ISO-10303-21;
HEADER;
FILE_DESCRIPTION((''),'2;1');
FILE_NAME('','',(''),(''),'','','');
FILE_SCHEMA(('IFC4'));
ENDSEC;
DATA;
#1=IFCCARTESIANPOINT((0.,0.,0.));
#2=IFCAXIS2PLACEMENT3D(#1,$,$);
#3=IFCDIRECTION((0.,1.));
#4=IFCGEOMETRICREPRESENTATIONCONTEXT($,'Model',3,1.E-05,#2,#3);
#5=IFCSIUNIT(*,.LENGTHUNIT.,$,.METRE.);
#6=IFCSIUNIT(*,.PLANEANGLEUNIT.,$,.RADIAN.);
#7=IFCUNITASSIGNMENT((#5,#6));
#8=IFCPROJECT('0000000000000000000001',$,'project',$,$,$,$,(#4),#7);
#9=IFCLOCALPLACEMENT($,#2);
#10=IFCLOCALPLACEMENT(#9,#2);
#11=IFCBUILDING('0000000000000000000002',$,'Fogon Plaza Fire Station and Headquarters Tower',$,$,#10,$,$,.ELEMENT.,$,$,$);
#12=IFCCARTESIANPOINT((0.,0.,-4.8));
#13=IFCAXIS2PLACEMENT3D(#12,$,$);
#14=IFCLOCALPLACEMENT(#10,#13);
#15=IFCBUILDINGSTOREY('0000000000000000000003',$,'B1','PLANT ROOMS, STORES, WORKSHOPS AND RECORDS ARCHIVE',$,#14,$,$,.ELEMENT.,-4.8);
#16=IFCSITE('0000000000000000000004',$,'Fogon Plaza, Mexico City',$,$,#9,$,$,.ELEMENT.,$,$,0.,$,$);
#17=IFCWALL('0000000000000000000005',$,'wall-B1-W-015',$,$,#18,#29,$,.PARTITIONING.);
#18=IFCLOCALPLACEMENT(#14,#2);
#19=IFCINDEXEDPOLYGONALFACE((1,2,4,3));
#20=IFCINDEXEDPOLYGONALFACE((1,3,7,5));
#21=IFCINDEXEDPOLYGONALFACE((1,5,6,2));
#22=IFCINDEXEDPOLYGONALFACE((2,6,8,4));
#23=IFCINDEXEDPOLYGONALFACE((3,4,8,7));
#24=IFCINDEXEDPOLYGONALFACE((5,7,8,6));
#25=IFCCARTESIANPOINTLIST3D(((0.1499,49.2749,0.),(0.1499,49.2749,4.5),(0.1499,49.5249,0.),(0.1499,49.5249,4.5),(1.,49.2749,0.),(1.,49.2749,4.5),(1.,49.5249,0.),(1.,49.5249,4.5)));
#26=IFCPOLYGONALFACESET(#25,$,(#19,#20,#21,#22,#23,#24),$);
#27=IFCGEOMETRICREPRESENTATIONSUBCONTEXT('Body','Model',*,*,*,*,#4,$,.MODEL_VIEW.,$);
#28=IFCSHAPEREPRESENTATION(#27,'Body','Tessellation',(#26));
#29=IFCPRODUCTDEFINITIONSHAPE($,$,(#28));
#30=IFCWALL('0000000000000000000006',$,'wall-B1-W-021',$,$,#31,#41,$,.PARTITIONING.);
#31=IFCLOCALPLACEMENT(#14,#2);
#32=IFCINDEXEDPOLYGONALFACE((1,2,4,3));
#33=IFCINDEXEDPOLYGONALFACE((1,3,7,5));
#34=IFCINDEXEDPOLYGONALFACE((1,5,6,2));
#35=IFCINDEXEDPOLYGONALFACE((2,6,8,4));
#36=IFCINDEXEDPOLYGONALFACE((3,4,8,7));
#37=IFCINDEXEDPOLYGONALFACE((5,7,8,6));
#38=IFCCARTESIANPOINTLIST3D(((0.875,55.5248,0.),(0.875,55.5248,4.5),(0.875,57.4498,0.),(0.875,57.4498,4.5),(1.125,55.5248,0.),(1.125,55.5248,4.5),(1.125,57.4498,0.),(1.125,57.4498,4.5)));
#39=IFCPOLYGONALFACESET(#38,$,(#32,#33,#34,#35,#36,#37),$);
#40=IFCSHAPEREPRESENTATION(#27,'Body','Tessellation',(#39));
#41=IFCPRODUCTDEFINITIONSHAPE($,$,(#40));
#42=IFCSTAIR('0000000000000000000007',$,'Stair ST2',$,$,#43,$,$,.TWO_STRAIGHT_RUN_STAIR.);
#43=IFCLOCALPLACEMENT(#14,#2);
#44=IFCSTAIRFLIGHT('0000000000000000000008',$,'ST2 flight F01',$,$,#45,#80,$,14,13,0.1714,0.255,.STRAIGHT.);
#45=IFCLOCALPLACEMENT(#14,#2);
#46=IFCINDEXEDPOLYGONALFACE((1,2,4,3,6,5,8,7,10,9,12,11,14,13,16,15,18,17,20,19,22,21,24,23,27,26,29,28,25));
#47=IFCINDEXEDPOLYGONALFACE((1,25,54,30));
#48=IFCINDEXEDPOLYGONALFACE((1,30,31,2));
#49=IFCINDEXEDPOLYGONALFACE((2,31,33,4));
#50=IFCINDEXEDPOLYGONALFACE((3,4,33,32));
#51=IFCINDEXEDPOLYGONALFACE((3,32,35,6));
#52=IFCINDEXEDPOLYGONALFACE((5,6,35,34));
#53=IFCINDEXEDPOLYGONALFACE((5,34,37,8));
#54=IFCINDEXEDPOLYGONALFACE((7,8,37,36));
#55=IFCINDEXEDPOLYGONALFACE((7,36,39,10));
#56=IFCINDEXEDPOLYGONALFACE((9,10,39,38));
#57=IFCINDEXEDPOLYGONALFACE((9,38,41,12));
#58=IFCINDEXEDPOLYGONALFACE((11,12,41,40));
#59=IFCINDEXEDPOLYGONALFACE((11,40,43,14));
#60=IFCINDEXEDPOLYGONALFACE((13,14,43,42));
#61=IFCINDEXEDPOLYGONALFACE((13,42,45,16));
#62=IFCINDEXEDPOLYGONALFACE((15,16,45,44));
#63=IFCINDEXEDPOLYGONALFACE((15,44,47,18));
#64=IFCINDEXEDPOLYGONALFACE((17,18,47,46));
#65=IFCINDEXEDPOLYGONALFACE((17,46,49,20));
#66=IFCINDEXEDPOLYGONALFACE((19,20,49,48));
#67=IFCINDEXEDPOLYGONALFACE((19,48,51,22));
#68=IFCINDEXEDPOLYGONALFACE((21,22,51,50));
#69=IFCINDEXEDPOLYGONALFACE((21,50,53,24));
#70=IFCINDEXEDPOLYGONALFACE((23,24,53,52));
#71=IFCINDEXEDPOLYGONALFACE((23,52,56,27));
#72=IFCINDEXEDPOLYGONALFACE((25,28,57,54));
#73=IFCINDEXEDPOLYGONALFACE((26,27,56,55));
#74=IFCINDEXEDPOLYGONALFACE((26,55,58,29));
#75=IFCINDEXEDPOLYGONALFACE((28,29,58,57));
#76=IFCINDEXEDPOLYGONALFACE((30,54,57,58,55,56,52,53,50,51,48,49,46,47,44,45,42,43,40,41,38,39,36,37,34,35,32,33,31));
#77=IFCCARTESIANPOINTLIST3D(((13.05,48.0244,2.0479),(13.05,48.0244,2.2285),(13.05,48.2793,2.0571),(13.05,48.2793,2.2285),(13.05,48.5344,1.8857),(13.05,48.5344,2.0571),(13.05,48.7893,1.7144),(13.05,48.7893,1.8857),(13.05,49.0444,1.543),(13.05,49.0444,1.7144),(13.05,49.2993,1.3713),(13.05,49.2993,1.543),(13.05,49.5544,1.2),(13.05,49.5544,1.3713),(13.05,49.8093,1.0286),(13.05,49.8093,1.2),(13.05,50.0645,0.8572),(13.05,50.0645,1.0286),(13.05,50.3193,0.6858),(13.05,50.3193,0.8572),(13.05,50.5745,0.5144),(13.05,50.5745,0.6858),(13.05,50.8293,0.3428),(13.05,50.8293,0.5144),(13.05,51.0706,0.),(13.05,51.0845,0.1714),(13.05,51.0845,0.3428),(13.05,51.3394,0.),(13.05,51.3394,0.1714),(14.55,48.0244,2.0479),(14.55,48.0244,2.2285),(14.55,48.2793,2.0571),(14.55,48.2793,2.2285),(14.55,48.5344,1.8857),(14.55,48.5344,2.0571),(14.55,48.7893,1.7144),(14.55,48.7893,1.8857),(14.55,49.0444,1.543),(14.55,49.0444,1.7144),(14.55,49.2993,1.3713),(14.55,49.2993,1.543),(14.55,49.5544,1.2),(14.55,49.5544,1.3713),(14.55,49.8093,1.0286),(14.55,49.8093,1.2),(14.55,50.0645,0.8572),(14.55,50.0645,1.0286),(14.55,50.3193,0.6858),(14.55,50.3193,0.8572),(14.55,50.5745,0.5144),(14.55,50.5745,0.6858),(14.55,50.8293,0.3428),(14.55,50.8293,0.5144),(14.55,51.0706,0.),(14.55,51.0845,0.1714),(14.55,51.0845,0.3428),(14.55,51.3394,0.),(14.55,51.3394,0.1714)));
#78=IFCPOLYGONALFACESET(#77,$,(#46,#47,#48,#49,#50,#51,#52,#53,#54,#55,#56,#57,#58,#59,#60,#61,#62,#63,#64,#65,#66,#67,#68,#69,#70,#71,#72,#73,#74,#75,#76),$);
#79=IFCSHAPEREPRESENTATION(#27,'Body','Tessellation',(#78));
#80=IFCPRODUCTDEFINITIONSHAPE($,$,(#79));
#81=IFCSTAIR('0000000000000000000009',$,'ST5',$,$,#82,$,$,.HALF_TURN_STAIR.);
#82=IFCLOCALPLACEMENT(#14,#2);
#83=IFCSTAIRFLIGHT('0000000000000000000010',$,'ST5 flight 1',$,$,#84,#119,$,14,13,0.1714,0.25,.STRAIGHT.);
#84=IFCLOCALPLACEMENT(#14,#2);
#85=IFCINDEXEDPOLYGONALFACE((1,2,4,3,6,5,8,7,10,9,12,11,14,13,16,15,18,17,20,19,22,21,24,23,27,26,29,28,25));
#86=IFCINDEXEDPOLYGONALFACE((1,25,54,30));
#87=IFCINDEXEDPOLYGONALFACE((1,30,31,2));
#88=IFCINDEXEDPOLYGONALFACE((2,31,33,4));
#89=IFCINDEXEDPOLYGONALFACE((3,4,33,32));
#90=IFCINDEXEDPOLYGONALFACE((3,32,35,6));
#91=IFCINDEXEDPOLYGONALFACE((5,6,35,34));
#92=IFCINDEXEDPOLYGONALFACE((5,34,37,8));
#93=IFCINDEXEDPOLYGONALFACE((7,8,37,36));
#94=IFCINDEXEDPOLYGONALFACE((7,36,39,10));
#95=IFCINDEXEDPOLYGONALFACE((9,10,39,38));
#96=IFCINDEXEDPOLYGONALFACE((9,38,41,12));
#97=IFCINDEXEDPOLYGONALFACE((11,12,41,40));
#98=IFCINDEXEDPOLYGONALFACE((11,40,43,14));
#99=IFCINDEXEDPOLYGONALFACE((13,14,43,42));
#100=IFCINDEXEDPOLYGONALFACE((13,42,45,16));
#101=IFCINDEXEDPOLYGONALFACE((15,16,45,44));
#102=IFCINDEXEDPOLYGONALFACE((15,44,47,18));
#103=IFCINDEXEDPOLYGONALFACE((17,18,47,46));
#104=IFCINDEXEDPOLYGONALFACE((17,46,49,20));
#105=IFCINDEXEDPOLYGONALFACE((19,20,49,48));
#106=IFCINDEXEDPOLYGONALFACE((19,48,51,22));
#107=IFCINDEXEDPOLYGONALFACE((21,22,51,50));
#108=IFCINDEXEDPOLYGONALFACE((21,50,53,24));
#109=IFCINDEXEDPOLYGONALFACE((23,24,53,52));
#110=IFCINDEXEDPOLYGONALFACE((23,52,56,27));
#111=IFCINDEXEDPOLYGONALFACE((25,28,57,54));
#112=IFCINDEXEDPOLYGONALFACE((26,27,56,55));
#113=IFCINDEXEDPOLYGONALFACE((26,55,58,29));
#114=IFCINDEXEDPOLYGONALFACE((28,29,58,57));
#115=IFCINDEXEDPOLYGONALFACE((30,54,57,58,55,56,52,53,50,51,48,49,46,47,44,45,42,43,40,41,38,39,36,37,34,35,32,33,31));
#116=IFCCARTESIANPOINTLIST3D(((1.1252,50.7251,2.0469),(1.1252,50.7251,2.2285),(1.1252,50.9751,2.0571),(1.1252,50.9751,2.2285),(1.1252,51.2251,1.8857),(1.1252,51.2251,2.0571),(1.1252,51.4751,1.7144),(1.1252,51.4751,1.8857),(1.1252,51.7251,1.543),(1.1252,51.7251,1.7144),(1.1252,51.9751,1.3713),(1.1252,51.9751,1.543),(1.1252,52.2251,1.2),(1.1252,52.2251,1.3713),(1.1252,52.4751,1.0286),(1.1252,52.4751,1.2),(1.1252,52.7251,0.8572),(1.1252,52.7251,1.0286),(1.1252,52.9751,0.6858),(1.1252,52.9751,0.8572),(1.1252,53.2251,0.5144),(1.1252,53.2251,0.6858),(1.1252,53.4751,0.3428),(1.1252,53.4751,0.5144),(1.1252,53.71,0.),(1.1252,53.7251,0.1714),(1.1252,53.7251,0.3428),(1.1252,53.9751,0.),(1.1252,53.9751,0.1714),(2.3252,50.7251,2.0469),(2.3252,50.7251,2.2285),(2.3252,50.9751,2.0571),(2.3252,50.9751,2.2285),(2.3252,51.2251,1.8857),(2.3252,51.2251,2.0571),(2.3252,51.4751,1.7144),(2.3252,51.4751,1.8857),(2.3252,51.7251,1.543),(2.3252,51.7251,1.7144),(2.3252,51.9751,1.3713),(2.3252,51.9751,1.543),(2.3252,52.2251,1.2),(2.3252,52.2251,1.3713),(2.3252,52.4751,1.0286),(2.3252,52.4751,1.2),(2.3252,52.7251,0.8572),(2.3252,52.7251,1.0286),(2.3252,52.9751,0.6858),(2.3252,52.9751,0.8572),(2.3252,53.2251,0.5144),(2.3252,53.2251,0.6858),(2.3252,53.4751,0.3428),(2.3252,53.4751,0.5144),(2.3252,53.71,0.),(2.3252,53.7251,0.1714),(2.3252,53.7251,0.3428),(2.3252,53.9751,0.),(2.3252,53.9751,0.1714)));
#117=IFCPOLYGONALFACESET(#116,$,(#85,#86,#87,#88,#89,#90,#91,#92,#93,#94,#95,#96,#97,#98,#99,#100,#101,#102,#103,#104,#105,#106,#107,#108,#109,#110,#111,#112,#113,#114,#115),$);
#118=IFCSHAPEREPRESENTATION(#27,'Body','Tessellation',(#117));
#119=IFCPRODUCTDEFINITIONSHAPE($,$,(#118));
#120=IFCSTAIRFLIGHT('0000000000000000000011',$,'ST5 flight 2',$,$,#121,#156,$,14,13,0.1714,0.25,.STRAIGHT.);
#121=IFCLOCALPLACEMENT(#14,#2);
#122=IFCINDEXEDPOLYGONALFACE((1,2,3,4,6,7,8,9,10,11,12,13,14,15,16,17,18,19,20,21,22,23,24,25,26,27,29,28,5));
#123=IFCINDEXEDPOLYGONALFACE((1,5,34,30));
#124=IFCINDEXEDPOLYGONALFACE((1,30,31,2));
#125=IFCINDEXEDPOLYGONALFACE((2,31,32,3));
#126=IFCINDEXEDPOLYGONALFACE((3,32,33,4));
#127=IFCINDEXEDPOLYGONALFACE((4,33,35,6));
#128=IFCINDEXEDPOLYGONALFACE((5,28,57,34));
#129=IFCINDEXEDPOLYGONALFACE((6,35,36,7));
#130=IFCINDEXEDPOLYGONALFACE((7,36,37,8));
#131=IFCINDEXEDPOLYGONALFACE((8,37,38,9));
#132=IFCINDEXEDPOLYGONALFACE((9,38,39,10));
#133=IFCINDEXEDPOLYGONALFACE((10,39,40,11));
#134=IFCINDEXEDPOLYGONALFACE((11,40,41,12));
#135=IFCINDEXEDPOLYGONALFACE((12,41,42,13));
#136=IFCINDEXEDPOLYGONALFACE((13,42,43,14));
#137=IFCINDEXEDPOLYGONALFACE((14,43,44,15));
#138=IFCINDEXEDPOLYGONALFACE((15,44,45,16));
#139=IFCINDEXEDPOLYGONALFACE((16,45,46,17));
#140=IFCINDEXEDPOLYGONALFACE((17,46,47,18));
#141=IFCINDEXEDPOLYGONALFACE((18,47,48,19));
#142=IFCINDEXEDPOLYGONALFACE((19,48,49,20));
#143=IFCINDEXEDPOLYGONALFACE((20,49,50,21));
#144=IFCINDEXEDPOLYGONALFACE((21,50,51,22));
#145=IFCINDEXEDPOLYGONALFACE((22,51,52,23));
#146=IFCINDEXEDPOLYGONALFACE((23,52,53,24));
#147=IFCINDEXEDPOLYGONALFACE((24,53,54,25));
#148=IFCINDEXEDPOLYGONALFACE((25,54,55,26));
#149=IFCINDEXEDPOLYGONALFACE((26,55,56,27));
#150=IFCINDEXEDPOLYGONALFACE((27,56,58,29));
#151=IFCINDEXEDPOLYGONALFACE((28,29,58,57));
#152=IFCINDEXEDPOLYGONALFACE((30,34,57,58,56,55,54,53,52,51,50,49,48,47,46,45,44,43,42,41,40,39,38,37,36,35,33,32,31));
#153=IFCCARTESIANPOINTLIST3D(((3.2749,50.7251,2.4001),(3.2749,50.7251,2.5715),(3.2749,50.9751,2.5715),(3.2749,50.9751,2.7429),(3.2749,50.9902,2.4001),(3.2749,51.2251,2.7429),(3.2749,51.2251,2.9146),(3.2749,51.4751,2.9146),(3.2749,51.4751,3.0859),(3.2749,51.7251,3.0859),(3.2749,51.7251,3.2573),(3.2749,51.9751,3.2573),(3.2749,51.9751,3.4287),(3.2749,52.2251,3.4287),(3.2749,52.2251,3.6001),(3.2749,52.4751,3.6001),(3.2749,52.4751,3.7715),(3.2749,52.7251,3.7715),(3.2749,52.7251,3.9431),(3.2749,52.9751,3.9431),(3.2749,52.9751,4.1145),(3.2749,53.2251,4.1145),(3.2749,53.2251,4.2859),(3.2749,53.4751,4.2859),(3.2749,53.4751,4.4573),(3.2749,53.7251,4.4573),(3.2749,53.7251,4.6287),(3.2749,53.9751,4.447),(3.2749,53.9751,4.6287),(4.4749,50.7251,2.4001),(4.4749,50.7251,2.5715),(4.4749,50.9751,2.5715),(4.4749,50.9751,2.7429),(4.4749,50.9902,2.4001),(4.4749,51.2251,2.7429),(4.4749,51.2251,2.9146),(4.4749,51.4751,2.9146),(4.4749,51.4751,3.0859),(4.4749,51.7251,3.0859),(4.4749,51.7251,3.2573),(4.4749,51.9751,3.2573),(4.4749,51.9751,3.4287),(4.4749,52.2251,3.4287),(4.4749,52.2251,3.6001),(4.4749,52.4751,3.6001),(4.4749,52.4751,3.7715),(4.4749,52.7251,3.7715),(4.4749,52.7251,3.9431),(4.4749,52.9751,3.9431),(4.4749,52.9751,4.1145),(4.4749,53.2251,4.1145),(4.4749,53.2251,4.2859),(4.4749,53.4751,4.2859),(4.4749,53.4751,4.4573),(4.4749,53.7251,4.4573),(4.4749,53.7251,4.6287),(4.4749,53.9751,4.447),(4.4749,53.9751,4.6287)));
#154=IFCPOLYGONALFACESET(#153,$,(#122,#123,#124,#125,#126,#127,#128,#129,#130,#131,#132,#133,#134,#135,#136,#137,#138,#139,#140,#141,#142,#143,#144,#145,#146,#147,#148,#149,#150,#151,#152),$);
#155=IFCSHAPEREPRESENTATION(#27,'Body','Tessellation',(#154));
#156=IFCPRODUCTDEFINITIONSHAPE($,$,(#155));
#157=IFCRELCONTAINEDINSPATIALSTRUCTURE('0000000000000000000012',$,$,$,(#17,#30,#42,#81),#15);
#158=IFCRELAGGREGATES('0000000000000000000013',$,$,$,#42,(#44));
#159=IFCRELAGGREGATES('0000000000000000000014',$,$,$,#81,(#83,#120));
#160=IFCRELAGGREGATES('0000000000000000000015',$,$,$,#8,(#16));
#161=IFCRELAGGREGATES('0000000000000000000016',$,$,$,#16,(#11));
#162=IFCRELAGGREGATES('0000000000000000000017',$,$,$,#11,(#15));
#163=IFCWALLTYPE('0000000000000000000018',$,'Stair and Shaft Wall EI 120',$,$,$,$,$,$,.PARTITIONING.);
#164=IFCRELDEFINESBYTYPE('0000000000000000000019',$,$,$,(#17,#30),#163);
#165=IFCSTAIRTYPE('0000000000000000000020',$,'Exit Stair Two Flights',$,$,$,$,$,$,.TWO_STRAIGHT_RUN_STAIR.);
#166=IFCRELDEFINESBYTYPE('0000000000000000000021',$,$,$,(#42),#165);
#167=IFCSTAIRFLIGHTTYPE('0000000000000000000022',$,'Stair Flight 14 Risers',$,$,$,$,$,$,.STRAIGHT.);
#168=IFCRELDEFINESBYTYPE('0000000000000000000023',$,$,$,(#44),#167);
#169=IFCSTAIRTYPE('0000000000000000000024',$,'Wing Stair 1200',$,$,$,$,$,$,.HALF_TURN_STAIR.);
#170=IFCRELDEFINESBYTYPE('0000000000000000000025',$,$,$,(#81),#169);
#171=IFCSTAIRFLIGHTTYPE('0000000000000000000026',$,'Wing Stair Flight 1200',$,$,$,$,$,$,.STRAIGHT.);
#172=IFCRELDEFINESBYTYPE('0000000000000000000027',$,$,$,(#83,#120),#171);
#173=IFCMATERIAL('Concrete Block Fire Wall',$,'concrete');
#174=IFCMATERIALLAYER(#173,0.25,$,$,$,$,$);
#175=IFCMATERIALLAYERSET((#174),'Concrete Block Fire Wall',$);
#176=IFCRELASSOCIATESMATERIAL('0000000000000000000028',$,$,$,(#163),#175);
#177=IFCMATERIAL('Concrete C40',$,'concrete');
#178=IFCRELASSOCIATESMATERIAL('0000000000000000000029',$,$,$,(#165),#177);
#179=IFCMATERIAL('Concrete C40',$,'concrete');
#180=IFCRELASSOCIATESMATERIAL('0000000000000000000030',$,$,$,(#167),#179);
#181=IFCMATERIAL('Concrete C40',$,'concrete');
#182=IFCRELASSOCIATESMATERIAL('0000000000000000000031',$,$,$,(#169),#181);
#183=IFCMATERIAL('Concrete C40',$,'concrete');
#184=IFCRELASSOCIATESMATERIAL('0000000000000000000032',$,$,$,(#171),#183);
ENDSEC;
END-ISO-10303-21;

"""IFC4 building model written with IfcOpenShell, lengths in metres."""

from ifc_helpers import new_model, si_unit, direction, frame, frame_2d, origin, place, context, subcontext, project, spatial, polyline, rectangle, outline, extrude, material, layer, layer_set, type_object, element, aggregate, save


model = new_model("IFC4")

# Units and contexts
model_context = context("Model", 3, precision=1e-05, world=origin(), true_north=direction((0.0, 1.0)))
body_context = subcontext(model_context, "Body", "Model", "MODEL_VIEW")
ifc_project = project(units=[si_unit("LENGTHUNIT", "METRE"), si_unit("PLANEANGLEUNIT", "RADIAN")], contexts=[model_context])

# Site, building, storey
site_placement = place(None, origin())
site = spatial("IfcSite", under=ifc_project, at=site_placement, Name="Fogon Plaza, Mexico City", CompositionType="ELEMENT", RefElevation=0.0)
building_placement = place(site_placement, origin())
building = spatial("IfcBuilding", under=site, at=building_placement, Name="Fogon Plaza Fire Station and Headquarters Tower", CompositionType="ELEMENT")
storey_placement = place(building_placement, frame((0.0, 0.0, -4.8)))
storey = spatial("IfcBuildingStorey", under=building, at=storey_placement, Name="B1", Description="PLANT ROOMS, STORES, WORKSHOPS AND RECORDS ARCHIVE", CompositionType="ELEMENT", Elevation=-4.8)

# Walls
ifc_material_1 = material(Name="Concrete Block Fire Wall", Category="concrete")
ifc_layer_1 = layer(ifc_material_1, 0.25)
ifc_layer_set_1 = layer_set([ifc_layer_1], Name="Concrete Block Fire Wall")
wall_type_1 = type_object("IfcWallType", Name="Stair and Shaft Wall EI 120", PredefinedType="PARTITIONING", material=ifc_layer_set_1)
wall_1_placement = place(storey_placement, frame((0.1499, 49.3999, 0.0), z_axis=(0.0, 0.0, 1.0), x_axis=(1.0, 0.0, 0.0)))
element("IfcWall", 1, at=wall_1_placement, inside=storey, type_object=wall_type_1, Name="wall-B1-W-015", PredefinedType="PARTITIONING", context=body_context, shape_type="SweptSolid", body=[
    extrude(rectangle(XDim=0.8501, YDim=0.25, at=frame_2d((0.425, 0.0))), origin(), (0.0, 0.0, 1.0), 4.5),
])
wall_2_placement = place(storey_placement, frame((1.0, 55.5249, 0.0), z_axis=(0.0, 0.0, 1.0), x_axis=(0.0, 1.0, 0.0)))
element("IfcWall", 2, at=wall_2_placement, inside=storey, type_object=wall_type_1, Name="wall-B1-W-021", PredefinedType="PARTITIONING", context=body_context, shape_type="SweptSolid", body=[
    extrude(rectangle(XDim=1.925, YDim=0.25, at=frame_2d((0.9624, 0.0))), origin(), (0.0, 0.0, 1.0), 4.5),
])

# Stair, stair flight
ifc_material_2 = material(Name="Concrete C40", Category="concrete")
stair_type_1 = type_object("IfcStairType", Name="Exit Stair Two Flights", PredefinedType="TWO_STRAIGHT_RUN_STAIR", material=ifc_material_2)
stair_1_placement = place(storey_placement, origin())
stair_1 = element("IfcStair", 3, at=stair_1_placement, inside=storey, type_object=stair_type_1, Name="Stair ST2", PredefinedType="TWO_STRAIGHT_RUN_STAIR")
ifc_material_3 = material(Name="Concrete C40", Category="concrete")
stair_flight_type_1 = type_object("IfcStairFlightType", Name="Stair Flight 14 Risers", PredefinedType="STRAIGHT", material=ifc_material_3)
stair_flight_1_placement = place(storey_placement, frame((13.8, 51.3394, 0.0), z_axis=(0.0, 0.0, 1.0), x_axis=(0.0, -1.0, 0.0)))
stair_flight_1 = element("IfcStairFlight", 4, at=stair_flight_1_placement, type_object=stair_flight_type_1, Name="ST2 flight F01", NumberOfRisers=14, NumberOfTreads=13, PredefinedType="STRAIGHT", RiserHeight=0.1714, TreadLength=0.255, context=body_context, shape_type="SweptSolid", body=[
    extrude(outline(polyline([(0.0, 0.0), (0.0, 0.1714), (0.2549, 0.1714), (0.2549, 0.3428), (0.51, 0.3428), (0.51, 0.5144), (0.7649, 0.5144), (0.7649, 0.6858), (1.02, 0.6858), (1.02, 0.8572), (1.2749, 0.8572), (1.2749, 1.0286), (1.53, 1.0286), (1.53, 1.2), (1.7849, 1.2), (1.7849, 1.3713), (2.04, 1.3713), (2.04, 1.543), (2.2949, 1.543), (2.2949, 1.7144), (2.55, 1.7144), (2.55, 1.8857), (2.8049, 1.8857), (2.8049, 2.0571), (3.0601, 2.0571), (3.0601, 2.2285), (3.3149, 2.2285), (3.3149, 2.3999), (3.3149, 2.0479), (0.2688, 0.0), (0.0, 0.0)])), frame((0.0, 0.75, 0.0), z_axis=(0.0, -1.0, 0.0), x_axis=(1.0, 0.0, 0.0)), (0.0, 0.0, 1.0), 1.5),
])
aggregate(stair_1, [stair_flight_1])

# Stair, stair flights
ifc_material_4 = material(Name="Concrete C40", Category="concrete")
stair_type_2 = type_object("IfcStairType", Name="Wing Stair 1200", PredefinedType="HALF_TURN_STAIR", material=ifc_material_4)
stair_2_placement = place(storey_placement, origin())
stair_2 = element("IfcStair", 5, at=stair_2_placement, inside=storey, type_object=stair_type_2, Name="ST5", PredefinedType="HALF_TURN_STAIR")
ifc_material_5 = material(Name="Concrete C40", Category="concrete")
stair_flight_type_2 = type_object("IfcStairFlightType", Name="Wing Stair Flight 1200", PredefinedType="STRAIGHT", material=ifc_material_5)
stair_flight_2_placement = place(storey_placement, frame((1.7251, 53.9751, 0.0), z_axis=(0.0, 0.0, 1.0), x_axis=(0.0, -1.0, 0.0)))
stair_flight_2 = element("IfcStairFlight", 6, at=stair_flight_2_placement, type_object=stair_flight_type_2, Name="ST5 flight 1", NumberOfRisers=14, NumberOfTreads=13, PredefinedType="STRAIGHT", RiserHeight=0.1714, TreadLength=0.25, context=body_context, shape_type="SweptSolid", body=[
    extrude(outline(polyline([(0.0, 0.0), (0.0, 0.1714), (0.25, 0.1714), (0.25, 0.3428), (0.5, 0.3428), (0.5, 0.5144), (0.75, 0.5144), (0.75, 0.6858), (1.0, 0.6858), (1.0, 0.8572), (1.25, 0.8572), (1.25, 1.0286), (1.5, 1.0286), (1.5, 1.2), (1.75, 1.2), (1.75, 1.3713), (2.0, 1.3713), (2.0, 1.543), (2.25, 1.543), (2.25, 1.7144), (2.5, 1.7144), (2.5, 1.8857), (2.75, 1.8857), (2.75, 2.0571), (3.0, 2.0571), (3.0, 2.2285), (3.25, 2.2285), (3.25, 2.3999), (3.25, 2.0469), (0.2651, 0.0), (0.0, 0.0)])), frame((0.0, 0.6001, 0.0), z_axis=(0.0, -1.0, 0.0), x_axis=(1.0, 0.0, 0.0)), (0.0, 0.0, 1.0), 1.2),
])
stair_flight_3_placement = place(storey_placement, frame((3.875, 50.7251, 2.4001), z_axis=(0.0, 0.0, 1.0), x_axis=(0.0, 1.0, 0.0)))
stair_flight_3 = element("IfcStairFlight", 7, at=stair_flight_3_placement, type_object=stair_flight_type_2, Name="ST5 flight 2", NumberOfRisers=14, NumberOfTreads=13, PredefinedType="STRAIGHT", RiserHeight=0.1714, TreadLength=0.25, context=body_context, shape_type="SweptSolid", body=[
    extrude(outline(polyline([(0.0, 0.0), (0.0, 0.1714), (0.25, 0.1714), (0.25, 0.3428), (0.5, 0.3428), (0.5, 0.5144), (0.75, 0.5144), (0.75, 0.6858), (1.0, 0.6858), (1.0, 0.8572), (1.25, 0.8572), (1.25, 1.0286), (1.5, 1.0286), (1.5, 1.2), (1.75, 1.2), (1.75, 1.3713), (2.0, 1.3713), (2.0, 1.543), (2.25, 1.543), (2.25, 1.7144), (2.5, 1.7144), (2.5, 1.8857), (2.75, 1.8857), (2.75, 2.0571), (3.0, 2.0571), (3.0, 2.2285), (3.25, 2.2285), (3.25, 2.3999), (3.25, 2.0469), (0.2651, 0.0), (0.0, 0.0)])), frame((0.0, 0.6001, 0.0), z_axis=(0.0, -1.0, 0.0), x_axis=(1.0, 0.0, 0.0)), (0.0, 0.0, 1.0), 1.2),
])
aggregate(stair_2, [stair_flight_2, stair_flight_3])

save(model, "model.ifc")
